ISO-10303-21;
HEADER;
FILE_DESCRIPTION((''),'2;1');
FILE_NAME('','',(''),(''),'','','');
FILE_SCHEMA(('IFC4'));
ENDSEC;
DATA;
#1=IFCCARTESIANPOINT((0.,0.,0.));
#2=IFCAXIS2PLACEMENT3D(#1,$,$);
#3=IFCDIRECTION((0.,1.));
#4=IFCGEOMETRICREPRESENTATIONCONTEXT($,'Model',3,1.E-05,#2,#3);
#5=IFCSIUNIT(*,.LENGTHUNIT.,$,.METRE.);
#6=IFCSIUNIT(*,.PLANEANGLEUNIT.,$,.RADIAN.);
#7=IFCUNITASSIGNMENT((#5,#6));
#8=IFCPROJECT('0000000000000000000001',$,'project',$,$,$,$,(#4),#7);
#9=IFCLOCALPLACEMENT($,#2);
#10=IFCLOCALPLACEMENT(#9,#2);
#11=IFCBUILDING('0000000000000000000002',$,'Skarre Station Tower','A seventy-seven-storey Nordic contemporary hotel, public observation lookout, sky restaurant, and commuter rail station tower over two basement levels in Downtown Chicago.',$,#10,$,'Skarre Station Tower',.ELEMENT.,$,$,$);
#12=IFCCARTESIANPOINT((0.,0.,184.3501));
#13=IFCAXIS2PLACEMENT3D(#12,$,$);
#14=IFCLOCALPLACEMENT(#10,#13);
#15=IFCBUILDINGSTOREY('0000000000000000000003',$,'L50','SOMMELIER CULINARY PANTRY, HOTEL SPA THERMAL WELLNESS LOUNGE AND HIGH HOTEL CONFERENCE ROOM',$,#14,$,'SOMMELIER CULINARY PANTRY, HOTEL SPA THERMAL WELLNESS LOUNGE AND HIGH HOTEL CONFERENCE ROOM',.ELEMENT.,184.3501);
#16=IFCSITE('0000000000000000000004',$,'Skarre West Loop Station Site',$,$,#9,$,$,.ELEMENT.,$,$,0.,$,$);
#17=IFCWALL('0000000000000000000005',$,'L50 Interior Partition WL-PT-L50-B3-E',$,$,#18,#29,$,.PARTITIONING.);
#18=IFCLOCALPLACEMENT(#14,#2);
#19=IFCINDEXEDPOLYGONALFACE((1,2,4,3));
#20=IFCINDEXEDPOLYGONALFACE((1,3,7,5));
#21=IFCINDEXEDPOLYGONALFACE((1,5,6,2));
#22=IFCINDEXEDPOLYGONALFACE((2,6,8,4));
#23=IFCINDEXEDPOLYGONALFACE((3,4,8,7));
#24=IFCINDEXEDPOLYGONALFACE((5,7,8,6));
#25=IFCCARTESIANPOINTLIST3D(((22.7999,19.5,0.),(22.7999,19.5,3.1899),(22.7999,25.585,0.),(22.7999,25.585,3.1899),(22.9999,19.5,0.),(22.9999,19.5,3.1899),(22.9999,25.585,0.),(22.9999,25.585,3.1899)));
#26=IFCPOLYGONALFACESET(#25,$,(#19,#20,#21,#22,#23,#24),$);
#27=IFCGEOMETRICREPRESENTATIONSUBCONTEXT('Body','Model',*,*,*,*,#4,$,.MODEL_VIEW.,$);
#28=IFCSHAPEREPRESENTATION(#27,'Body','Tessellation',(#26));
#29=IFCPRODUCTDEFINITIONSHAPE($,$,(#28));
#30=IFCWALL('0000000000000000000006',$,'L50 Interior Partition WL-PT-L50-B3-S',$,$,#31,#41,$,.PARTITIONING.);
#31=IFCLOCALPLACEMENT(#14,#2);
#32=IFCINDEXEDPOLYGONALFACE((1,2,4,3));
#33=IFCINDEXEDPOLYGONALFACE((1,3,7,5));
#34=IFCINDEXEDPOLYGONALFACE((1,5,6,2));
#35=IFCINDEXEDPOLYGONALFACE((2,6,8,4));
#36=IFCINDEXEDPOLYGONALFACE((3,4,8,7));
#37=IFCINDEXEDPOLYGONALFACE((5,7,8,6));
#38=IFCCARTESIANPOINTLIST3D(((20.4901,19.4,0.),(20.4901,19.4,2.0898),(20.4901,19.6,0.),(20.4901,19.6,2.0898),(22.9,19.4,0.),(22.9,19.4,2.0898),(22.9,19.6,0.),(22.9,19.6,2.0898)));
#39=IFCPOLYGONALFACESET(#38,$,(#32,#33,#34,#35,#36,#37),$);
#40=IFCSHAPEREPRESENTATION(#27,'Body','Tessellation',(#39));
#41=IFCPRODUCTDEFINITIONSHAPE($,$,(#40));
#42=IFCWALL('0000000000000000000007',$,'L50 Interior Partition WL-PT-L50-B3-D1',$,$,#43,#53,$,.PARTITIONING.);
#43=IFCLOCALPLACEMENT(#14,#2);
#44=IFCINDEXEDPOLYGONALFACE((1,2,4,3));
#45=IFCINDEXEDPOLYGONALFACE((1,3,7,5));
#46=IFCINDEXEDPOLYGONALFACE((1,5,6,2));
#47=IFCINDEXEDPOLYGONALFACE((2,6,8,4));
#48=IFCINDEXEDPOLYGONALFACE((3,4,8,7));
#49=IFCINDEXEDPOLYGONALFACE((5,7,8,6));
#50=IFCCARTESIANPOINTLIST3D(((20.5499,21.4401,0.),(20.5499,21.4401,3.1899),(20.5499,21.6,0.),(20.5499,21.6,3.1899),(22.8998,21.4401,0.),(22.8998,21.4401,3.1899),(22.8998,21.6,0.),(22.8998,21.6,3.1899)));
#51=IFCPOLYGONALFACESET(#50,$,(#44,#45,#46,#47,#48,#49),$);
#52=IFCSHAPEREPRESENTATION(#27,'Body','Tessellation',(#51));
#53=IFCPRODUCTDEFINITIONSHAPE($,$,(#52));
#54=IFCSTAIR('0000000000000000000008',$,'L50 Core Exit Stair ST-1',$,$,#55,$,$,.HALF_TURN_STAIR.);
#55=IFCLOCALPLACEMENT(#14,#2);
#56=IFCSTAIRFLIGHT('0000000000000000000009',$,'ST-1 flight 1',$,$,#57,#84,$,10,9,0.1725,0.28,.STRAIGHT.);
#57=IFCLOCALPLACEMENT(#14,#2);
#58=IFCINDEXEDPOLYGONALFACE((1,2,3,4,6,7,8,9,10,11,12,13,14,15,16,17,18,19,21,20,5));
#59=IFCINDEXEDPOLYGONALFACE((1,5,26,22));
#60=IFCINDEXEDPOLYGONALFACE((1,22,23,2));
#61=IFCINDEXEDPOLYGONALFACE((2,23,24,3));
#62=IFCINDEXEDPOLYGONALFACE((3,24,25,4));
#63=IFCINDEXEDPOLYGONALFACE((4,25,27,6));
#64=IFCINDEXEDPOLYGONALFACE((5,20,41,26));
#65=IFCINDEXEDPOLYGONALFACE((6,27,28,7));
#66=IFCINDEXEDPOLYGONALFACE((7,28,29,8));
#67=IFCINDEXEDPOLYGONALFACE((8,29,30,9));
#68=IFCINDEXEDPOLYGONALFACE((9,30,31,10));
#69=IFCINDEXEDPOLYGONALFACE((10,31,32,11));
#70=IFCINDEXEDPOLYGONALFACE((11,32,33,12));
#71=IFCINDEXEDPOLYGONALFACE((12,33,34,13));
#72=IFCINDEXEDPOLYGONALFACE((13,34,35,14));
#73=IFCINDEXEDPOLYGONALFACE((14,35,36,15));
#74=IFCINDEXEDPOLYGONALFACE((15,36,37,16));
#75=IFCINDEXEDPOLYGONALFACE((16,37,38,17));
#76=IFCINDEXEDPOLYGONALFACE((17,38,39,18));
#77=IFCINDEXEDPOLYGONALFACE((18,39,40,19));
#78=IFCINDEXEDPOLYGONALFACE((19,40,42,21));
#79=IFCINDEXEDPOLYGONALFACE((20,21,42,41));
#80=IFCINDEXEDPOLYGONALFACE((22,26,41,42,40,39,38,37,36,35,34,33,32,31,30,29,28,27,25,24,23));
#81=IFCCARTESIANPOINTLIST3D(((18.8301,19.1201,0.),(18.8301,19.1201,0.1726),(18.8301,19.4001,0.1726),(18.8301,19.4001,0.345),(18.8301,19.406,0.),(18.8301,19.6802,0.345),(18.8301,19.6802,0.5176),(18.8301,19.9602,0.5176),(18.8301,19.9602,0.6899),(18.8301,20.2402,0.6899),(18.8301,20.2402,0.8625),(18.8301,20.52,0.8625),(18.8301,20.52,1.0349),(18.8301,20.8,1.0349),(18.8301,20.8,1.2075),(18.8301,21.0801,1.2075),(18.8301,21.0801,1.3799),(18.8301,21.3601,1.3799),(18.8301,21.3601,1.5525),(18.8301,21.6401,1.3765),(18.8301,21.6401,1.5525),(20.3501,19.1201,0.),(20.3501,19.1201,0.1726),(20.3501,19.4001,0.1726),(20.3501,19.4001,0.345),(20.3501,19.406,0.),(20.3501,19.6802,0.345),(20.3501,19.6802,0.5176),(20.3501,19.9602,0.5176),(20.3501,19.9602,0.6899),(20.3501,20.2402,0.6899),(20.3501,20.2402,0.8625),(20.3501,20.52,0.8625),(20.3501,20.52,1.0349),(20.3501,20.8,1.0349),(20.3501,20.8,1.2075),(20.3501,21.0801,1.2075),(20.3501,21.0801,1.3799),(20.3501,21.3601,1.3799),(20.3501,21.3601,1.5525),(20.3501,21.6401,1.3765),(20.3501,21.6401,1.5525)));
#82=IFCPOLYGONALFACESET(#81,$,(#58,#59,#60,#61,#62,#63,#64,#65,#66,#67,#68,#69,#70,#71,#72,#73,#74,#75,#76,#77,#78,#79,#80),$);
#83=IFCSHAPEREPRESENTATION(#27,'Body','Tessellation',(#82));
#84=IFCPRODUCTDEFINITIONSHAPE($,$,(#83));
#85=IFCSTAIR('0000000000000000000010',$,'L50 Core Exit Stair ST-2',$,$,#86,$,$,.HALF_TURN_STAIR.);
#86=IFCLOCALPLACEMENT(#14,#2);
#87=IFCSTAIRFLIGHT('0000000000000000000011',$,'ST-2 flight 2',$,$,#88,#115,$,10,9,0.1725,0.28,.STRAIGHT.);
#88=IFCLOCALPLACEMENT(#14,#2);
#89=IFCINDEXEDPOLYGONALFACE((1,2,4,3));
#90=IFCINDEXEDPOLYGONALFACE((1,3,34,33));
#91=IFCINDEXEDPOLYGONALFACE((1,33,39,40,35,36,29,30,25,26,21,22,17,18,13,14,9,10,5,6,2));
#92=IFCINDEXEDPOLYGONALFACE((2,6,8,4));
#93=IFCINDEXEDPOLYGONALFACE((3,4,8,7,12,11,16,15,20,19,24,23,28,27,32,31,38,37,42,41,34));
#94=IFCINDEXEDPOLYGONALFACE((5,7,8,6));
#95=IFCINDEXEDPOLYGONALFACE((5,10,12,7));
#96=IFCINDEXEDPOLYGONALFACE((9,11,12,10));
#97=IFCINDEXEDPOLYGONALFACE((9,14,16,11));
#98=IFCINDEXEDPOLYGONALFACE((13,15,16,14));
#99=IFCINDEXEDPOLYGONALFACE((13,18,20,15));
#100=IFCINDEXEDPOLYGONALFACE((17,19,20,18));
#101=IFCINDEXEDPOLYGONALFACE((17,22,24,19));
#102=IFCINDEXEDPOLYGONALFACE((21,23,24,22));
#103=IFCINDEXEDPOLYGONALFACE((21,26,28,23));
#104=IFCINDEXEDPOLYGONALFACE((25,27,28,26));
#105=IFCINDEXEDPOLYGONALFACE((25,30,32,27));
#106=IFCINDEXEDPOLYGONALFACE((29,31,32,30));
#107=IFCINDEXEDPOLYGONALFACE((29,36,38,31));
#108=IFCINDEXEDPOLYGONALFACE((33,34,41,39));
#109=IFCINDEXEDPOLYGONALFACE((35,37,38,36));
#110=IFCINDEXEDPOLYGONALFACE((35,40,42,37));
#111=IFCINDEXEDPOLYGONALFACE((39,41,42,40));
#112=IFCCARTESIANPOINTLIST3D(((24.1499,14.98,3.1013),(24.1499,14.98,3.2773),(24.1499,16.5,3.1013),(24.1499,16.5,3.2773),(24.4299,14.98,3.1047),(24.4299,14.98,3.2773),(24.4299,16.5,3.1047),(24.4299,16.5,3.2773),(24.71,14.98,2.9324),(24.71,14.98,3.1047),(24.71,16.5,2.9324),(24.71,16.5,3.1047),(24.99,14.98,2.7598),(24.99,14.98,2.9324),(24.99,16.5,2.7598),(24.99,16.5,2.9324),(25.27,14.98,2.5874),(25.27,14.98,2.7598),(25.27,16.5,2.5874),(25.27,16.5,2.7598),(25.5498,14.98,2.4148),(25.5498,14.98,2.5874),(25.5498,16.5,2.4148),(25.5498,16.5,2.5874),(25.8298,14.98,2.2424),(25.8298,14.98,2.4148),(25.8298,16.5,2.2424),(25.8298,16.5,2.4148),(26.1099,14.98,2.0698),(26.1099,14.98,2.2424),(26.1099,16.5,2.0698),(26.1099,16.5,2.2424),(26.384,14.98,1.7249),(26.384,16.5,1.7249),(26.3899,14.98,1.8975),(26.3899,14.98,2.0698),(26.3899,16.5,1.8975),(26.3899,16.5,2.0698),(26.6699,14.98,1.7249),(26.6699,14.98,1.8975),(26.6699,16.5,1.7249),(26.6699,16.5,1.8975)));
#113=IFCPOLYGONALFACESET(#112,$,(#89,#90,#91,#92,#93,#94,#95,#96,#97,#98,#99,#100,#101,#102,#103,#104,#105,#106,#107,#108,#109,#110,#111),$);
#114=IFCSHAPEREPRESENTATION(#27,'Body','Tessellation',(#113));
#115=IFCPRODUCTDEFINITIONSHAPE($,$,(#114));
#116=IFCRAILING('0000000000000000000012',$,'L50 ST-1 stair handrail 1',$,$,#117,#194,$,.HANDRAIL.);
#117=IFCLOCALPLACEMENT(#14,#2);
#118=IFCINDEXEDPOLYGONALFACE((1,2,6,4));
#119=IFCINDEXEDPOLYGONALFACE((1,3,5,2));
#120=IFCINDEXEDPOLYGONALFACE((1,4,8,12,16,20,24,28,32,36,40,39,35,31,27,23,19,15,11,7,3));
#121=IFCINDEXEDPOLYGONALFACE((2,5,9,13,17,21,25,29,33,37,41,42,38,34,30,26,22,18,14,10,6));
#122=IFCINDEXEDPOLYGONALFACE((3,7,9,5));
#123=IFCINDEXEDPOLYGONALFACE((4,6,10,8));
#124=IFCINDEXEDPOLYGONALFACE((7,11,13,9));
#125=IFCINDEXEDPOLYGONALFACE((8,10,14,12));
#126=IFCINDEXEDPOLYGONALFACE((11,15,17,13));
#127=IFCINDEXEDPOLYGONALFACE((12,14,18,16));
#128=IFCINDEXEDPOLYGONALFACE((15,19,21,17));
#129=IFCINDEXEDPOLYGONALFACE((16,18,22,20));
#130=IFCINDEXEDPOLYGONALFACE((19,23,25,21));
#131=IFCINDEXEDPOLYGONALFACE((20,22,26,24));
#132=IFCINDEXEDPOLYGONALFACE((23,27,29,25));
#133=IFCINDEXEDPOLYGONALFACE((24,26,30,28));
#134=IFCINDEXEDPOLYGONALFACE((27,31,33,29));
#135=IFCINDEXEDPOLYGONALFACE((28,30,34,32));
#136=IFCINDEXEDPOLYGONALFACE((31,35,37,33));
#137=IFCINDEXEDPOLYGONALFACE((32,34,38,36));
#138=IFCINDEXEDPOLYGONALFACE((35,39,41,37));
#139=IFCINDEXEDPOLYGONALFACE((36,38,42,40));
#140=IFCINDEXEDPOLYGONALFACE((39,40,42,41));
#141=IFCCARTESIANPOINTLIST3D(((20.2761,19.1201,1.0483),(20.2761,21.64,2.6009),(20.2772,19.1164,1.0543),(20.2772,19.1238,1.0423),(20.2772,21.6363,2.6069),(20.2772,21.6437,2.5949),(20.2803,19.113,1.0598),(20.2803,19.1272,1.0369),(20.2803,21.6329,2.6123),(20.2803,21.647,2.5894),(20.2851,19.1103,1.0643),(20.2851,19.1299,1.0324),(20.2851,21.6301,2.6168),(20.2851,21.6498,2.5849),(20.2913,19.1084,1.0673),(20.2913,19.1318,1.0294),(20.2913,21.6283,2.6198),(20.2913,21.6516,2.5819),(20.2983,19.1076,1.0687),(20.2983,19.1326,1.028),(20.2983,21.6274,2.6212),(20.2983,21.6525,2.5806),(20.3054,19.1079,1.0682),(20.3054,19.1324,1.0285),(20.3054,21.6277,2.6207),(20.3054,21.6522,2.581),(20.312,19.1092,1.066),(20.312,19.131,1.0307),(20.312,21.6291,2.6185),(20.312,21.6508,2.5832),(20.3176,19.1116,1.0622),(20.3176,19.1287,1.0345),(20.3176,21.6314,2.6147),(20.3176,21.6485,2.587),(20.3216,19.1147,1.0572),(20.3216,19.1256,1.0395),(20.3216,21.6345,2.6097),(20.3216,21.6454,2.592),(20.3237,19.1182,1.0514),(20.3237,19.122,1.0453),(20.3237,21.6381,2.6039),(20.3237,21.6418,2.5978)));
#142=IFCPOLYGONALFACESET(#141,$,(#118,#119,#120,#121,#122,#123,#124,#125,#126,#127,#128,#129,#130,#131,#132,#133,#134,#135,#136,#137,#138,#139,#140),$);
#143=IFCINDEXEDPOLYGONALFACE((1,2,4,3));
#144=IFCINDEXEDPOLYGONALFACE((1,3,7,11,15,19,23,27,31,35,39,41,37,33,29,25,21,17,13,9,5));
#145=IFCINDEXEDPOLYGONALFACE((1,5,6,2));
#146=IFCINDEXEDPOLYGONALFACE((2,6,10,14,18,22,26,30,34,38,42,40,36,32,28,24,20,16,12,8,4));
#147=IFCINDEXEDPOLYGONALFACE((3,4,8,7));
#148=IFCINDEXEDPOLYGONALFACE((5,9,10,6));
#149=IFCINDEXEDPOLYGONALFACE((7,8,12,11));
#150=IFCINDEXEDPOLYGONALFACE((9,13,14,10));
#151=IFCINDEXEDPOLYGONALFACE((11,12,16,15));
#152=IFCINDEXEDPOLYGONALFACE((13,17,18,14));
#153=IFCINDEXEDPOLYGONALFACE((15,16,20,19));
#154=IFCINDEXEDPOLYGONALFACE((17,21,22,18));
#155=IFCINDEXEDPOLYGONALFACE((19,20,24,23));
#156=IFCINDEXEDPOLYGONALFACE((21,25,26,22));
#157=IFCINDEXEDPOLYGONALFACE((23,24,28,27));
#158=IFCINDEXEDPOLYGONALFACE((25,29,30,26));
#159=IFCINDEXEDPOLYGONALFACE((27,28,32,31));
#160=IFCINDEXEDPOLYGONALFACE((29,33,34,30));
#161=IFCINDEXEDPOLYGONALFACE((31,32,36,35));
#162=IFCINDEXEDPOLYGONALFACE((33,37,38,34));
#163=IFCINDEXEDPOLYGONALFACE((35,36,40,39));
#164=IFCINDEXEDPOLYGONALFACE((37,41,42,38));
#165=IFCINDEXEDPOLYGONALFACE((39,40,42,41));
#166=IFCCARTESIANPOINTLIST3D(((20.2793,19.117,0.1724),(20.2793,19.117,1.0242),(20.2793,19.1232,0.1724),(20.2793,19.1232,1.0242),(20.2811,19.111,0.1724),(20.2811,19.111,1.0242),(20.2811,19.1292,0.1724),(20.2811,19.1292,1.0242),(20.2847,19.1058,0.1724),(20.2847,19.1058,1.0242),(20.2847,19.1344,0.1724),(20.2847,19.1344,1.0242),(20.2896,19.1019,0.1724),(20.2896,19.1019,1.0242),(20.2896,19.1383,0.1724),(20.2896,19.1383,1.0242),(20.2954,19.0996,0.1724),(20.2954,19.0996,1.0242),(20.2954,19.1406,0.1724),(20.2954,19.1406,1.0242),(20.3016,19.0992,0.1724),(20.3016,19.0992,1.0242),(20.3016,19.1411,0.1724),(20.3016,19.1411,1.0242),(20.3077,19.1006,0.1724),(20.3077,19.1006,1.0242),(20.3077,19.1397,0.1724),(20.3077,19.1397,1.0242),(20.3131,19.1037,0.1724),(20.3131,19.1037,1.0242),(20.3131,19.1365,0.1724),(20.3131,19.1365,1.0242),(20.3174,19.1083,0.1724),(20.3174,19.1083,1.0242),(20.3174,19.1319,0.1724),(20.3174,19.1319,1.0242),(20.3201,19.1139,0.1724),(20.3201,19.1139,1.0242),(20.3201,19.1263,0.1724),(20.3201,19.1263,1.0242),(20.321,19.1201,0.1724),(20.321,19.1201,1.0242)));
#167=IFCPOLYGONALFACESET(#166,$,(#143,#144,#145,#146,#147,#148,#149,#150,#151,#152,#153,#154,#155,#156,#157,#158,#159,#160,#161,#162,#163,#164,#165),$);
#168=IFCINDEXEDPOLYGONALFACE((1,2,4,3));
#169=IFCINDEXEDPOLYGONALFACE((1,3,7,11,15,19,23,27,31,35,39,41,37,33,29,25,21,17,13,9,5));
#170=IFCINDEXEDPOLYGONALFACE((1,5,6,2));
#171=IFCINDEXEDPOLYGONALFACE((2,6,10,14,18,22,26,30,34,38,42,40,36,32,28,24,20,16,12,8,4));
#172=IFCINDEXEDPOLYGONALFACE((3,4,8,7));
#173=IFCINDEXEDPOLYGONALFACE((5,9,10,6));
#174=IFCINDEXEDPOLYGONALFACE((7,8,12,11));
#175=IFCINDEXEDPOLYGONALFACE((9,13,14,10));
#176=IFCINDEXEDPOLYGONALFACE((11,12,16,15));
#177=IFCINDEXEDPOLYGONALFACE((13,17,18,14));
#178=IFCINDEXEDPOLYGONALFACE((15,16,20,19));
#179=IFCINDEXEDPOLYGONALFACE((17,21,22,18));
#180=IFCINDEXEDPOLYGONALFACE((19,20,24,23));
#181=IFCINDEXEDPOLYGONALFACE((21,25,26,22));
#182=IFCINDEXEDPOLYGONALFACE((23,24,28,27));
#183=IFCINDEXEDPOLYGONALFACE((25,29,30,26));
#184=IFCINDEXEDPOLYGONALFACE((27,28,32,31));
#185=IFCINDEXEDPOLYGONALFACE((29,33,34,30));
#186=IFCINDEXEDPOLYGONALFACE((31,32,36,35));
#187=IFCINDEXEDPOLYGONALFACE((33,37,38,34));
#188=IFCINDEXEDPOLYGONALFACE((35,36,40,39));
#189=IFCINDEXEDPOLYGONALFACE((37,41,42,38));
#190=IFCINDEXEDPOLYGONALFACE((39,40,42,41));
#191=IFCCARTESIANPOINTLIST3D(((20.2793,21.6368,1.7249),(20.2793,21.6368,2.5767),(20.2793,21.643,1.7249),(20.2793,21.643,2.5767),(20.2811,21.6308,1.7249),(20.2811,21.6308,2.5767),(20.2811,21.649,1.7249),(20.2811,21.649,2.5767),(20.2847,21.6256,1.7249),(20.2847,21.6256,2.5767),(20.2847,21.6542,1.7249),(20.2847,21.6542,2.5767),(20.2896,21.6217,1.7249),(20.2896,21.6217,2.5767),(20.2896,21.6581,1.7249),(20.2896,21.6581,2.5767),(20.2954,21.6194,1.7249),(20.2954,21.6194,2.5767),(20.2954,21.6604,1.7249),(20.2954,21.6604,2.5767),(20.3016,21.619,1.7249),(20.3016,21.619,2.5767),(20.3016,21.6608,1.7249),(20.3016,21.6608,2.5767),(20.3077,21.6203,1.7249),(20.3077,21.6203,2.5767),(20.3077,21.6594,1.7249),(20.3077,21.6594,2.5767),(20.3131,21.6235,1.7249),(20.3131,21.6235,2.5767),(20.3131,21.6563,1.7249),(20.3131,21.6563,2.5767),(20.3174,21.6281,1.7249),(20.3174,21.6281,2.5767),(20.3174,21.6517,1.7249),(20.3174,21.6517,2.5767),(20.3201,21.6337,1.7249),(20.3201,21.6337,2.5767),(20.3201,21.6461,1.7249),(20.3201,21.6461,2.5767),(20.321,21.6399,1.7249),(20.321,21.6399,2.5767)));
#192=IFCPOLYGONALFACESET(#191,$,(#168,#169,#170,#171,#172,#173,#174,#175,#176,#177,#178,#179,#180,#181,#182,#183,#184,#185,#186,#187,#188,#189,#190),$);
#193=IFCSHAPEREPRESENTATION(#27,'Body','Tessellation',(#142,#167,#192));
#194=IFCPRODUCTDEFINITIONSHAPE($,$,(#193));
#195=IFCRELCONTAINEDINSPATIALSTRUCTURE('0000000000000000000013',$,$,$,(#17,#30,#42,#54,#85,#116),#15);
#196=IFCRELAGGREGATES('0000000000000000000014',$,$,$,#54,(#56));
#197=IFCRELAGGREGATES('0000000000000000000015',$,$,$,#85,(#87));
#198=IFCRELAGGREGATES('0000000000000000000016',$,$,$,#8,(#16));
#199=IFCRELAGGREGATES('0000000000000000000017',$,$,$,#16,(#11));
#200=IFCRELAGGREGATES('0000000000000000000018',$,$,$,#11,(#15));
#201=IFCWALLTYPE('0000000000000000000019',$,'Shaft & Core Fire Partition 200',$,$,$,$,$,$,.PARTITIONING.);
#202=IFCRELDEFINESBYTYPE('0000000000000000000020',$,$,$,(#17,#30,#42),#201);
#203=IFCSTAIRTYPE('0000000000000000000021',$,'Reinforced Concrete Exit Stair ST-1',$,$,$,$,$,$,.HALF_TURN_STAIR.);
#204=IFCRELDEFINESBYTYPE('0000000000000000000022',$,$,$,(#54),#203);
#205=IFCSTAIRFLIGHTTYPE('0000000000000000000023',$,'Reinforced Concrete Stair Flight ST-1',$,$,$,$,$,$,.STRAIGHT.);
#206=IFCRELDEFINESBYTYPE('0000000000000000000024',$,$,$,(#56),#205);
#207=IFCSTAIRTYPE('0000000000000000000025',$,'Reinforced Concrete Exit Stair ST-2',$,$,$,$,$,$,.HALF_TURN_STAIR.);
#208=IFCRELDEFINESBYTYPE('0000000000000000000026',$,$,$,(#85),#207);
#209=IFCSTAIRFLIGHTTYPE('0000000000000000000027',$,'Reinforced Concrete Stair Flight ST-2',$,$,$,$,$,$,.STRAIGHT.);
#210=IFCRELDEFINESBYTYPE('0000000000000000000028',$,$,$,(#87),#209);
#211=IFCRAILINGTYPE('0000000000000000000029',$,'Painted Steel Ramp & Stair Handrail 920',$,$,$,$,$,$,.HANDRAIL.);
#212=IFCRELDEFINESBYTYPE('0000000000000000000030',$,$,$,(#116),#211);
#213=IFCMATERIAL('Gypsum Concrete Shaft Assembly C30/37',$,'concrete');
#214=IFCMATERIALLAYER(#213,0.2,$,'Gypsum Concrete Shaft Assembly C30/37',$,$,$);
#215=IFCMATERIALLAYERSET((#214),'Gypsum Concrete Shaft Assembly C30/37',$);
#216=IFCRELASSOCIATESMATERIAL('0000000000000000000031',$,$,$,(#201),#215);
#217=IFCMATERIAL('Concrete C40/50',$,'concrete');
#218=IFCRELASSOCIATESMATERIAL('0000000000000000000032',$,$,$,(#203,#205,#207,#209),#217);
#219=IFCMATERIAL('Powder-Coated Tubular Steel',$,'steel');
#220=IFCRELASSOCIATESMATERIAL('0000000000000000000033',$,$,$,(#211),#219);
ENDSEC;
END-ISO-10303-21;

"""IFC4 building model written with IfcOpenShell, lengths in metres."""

from ifc_helpers import new_model, si_unit, direction, frame, frame_2d, origin, origin_2d, place, context, subcontext, project, spatial, polyline, rectangle, circle, outline, extrude, material, layer, layer_set, type_object, element, aggregate, save


model = new_model("IFC4")

# Units and contexts
model_context = context("Model", 3, precision=1e-05, world=origin(), true_north=direction((0.0, 1.0)))
body_context = subcontext(model_context, "Body", "Model", "MODEL_VIEW")
ifc_project = project(units=[si_unit("LENGTHUNIT", "METRE"), si_unit("PLANEANGLEUNIT", "RADIAN")], contexts=[model_context])

# Site, building, storey
site_placement = place(None, origin())
site = spatial("IfcSite", under=ifc_project, at=site_placement, Name="Skarre West Loop Station Site", CompositionType="ELEMENT", RefElevation=0.0)
building_placement = place(site_placement, origin())
building = spatial("IfcBuilding", under=site, at=building_placement, Name="Skarre Station Tower", Description="A seventy-seven-storey Nordic contemporary hotel, public observation lookout, sky restaurant, and commuter rail station tower over two basement levels in Downtown Chicago.", LongName="Skarre Station Tower", CompositionType="ELEMENT")
storey_placement = place(building_placement, frame((0.0, 0.0, 184.3501)))
storey = spatial("IfcBuildingStorey", under=building, at=storey_placement, Name="L50", Description="SOMMELIER CULINARY PANTRY, HOTEL SPA THERMAL WELLNESS LOUNGE AND HIGH HOTEL CONFERENCE ROOM", LongName="SOMMELIER CULINARY PANTRY, HOTEL SPA THERMAL WELLNESS LOUNGE AND HIGH HOTEL CONFERENCE ROOM", CompositionType="ELEMENT", Elevation=184.3501)

# Walls
ifc_material_1 = material(Name="Gypsum Concrete Shaft Assembly C30/37", Category="concrete")
ifc_layer_1 = layer(ifc_material_1, 0.2, Name="Gypsum Concrete Shaft Assembly C30/37")
ifc_layer_set_1 = layer_set([ifc_layer_1], Name="Gypsum Concrete Shaft Assembly C30/37")
wall_type_1 = type_object("IfcWallType", Name="Shaft & Core Fire Partition 200", PredefinedType="PARTITIONING", material=ifc_layer_set_1)
wall_1_placement = place(storey_placement, frame((22.8999, 19.5, 0.0), z_axis=(0.0, 0.0, 1.0), x_axis=(0.0, 1.0, 0.0)))
element("IfcWall", 1, at=wall_1_placement, inside=storey, type_object=wall_type_1, Name="L50 Interior Partition WL-PT-L50-B3-E", PredefinedType="PARTITIONING", context=body_context, shape_type="SweptSolid", body=[
    extrude(rectangle(XDim=6.085, YDim=0.2, at=frame_2d((3.0425, 0.0))), origin(), (0.0, 0.0, 1.0), 3.1899),
])
wall_2_placement = place(storey_placement, frame((20.49, 19.5, 0.0), z_axis=(0.0, 0.0, 1.0), x_axis=(1.0, 0.0, 0.0)))
element("IfcWall", 2, at=wall_2_placement, inside=storey, type_object=wall_type_1, Name="L50 Interior Partition WL-PT-L50-B3-S", PredefinedType="PARTITIONING", context=body_context, shape_type="SweptSolid", body=[
    extrude(rectangle(XDim=2.4099, YDim=0.2, at=frame_2d((1.2051, 0.0))), origin(), (0.0, 0.0, 1.0), 2.0898),
])
wall_3_placement = place(storey_placement, frame((20.55, 21.52, 0.0), z_axis=(0.0, 0.0, 1.0), x_axis=(1.0, 0.0, 0.0)))
element("IfcWall", 3, at=wall_3_placement, inside=storey, type_object=wall_type_1, Name="L50 Interior Partition WL-PT-L50-B3-D1", PredefinedType="PARTITIONING", context=body_context, shape_type="SweptSolid", body=[
    extrude(rectangle(XDim=2.3499, YDim=0.1599, at=frame_2d((1.1748, 0.0))), origin(), (0.0, 0.0, 1.0), 3.1899),
])

# Stairs, stair flights
ifc_material_2 = material(Name="Concrete C40/50", Category="concrete")
stair_type_1 = type_object("IfcStairType", Name="Reinforced Concrete Exit Stair ST-1", PredefinedType="HALF_TURN_STAIR", material=ifc_material_2)
stair_1_placement = place(storey_placement, origin())
stair_1 = element("IfcStair", 4, at=stair_1_placement, inside=storey, type_object=stair_type_1, Name="L50 Core Exit Stair ST-1", PredefinedType="HALF_TURN_STAIR")
stair_flight_type_1 = type_object("IfcStairFlightType", Name="Reinforced Concrete Stair Flight ST-1", PredefinedType="STRAIGHT", material=ifc_material_2)
stair_flight_1_placement = place(storey_placement, frame((19.5901, 19.1201, 0.0), z_axis=(0.0, 0.0, 1.0), x_axis=(0.0, 1.0, 0.0)))
stair_flight_1 = element("IfcStairFlight", 5, at=stair_flight_1_placement, type_object=stair_flight_type_1, Name="ST-1 flight 1", NumberOfRisers=10, NumberOfTreads=9, PredefinedType="STRAIGHT", RiserHeight=0.1725, TreadLength=0.28, context=body_context, shape_type="SweptSolid", body=[
    extrude(outline(polyline([(0.0, 0.0), (0.0, 0.1726), (0.28, 0.1726), (0.28, 0.345), (0.5601, 0.345), (0.5601, 0.5176), (0.8401, 0.5176), (0.8401, 0.6899), (1.1201, 0.6899), (1.1201, 0.8625), (1.3999, 0.8625), (1.3999, 1.0349), (1.6799, 1.0349), (1.6799, 1.2075), (1.96, 1.2075), (1.96, 1.3799), (2.24, 1.3799), (2.24, 1.5525), (2.52, 1.5525), (2.52, 1.7251), (2.52, 1.3765), (0.2859, 0.0), (0.0, 0.0)])), frame((0.0, 0.76, 0.0), z_axis=(0.0, -1.0, 0.0), x_axis=(1.0, 0.0, 0.0)), (0.0, 0.0, 1.0), 1.52),
])
aggregate(stair_1, [stair_flight_1])
stair_type_2 = type_object("IfcStairType", Name="Reinforced Concrete Exit Stair ST-2", PredefinedType="HALF_TURN_STAIR", material=ifc_material_2)
stair_2_placement = place(storey_placement, origin())
stair_2 = element("IfcStair", 6, at=stair_2_placement, inside=storey, type_object=stair_type_2, Name="L50 Core Exit Stair ST-2", PredefinedType="HALF_TURN_STAIR")
stair_flight_type_2 = type_object("IfcStairFlightType", Name="Reinforced Concrete Stair Flight ST-2", PredefinedType="STRAIGHT", material=ifc_material_2)
stair_flight_2_placement = place(storey_placement, frame((26.6699, 15.74, 1.7249), z_axis=(0.0, 0.0, 1.0), x_axis=(-1.0, 0.0, 0.0)))
stair_flight_2 = element("IfcStairFlight", 7, at=stair_flight_2_placement, type_object=stair_flight_type_2, Name="ST-2 flight 2", NumberOfRisers=10, NumberOfTreads=9, PredefinedType="STRAIGHT", RiserHeight=0.1725, TreadLength=0.28, context=body_context, shape_type="SweptSolid", body=[
    extrude(outline(polyline([(0.0, 0.0), (0.0, 0.1726), (0.28, 0.1726), (0.28, 0.345), (0.5601, 0.345), (0.5601, 0.5176), (0.8401, 0.5176), (0.8401, 0.6899), (1.1201, 0.6899), (1.1201, 0.8625), (1.3999, 0.8625), (1.3999, 1.0349), (1.6799, 1.0349), (1.6799, 1.2075), (1.96, 1.2075), (1.96, 1.3799), (2.24, 1.3799), (2.24, 1.5525), (2.52, 1.5525), (2.52, 1.7251), (2.52, 1.3765), (0.2859, 0.0), (0.0, 0.0)])), frame((0.0, 0.76, 0.0), z_axis=(0.0, -1.0, 0.0), x_axis=(1.0, 0.0, 0.0)), (0.0, 0.0, 1.0), 1.52),
])
aggregate(stair_2, [stair_flight_2])

# Railing
ifc_material_3 = material(Name="Powder-Coated Tubular Steel", Category="steel")
railing_type_1 = type_object("IfcRailingType", Name="Painted Steel Ramp & Stair Handrail 920", PredefinedType="HANDRAIL", material=ifc_material_3)
railing_1_placement = place(storey_placement, frame((20.3, 19.1201, 0.1724)))
element("IfcRailing", 8, at=railing_1_placement, inside=storey, type_object=railing_type_1, Name="L50 ST-1 stair handrail 1", PredefinedType="HANDRAIL", context=body_context, shape_type="SweptSolid", body=[
    extrude(circle(Radius=0.0239, at=origin_2d()), frame((0.0, 0.0, 0.876), z_axis=(0.0, 0.851378, 0.524553), x_axis=(-1.0, 0.0, 0.0)), (0.0, 0.0, 1.0), 2.9597),
    extrude(circle(Radius=0.021, at=origin_2d()), origin(), (0.0, 0.0, 1.0), 0.8518),
    extrude(circle(Radius=0.021, at=origin_2d()), frame((0.0, 2.5198, 1.5525)), (0.0, 0.0, 1.0), 0.8518),
])

save(model, "model.ifc")
